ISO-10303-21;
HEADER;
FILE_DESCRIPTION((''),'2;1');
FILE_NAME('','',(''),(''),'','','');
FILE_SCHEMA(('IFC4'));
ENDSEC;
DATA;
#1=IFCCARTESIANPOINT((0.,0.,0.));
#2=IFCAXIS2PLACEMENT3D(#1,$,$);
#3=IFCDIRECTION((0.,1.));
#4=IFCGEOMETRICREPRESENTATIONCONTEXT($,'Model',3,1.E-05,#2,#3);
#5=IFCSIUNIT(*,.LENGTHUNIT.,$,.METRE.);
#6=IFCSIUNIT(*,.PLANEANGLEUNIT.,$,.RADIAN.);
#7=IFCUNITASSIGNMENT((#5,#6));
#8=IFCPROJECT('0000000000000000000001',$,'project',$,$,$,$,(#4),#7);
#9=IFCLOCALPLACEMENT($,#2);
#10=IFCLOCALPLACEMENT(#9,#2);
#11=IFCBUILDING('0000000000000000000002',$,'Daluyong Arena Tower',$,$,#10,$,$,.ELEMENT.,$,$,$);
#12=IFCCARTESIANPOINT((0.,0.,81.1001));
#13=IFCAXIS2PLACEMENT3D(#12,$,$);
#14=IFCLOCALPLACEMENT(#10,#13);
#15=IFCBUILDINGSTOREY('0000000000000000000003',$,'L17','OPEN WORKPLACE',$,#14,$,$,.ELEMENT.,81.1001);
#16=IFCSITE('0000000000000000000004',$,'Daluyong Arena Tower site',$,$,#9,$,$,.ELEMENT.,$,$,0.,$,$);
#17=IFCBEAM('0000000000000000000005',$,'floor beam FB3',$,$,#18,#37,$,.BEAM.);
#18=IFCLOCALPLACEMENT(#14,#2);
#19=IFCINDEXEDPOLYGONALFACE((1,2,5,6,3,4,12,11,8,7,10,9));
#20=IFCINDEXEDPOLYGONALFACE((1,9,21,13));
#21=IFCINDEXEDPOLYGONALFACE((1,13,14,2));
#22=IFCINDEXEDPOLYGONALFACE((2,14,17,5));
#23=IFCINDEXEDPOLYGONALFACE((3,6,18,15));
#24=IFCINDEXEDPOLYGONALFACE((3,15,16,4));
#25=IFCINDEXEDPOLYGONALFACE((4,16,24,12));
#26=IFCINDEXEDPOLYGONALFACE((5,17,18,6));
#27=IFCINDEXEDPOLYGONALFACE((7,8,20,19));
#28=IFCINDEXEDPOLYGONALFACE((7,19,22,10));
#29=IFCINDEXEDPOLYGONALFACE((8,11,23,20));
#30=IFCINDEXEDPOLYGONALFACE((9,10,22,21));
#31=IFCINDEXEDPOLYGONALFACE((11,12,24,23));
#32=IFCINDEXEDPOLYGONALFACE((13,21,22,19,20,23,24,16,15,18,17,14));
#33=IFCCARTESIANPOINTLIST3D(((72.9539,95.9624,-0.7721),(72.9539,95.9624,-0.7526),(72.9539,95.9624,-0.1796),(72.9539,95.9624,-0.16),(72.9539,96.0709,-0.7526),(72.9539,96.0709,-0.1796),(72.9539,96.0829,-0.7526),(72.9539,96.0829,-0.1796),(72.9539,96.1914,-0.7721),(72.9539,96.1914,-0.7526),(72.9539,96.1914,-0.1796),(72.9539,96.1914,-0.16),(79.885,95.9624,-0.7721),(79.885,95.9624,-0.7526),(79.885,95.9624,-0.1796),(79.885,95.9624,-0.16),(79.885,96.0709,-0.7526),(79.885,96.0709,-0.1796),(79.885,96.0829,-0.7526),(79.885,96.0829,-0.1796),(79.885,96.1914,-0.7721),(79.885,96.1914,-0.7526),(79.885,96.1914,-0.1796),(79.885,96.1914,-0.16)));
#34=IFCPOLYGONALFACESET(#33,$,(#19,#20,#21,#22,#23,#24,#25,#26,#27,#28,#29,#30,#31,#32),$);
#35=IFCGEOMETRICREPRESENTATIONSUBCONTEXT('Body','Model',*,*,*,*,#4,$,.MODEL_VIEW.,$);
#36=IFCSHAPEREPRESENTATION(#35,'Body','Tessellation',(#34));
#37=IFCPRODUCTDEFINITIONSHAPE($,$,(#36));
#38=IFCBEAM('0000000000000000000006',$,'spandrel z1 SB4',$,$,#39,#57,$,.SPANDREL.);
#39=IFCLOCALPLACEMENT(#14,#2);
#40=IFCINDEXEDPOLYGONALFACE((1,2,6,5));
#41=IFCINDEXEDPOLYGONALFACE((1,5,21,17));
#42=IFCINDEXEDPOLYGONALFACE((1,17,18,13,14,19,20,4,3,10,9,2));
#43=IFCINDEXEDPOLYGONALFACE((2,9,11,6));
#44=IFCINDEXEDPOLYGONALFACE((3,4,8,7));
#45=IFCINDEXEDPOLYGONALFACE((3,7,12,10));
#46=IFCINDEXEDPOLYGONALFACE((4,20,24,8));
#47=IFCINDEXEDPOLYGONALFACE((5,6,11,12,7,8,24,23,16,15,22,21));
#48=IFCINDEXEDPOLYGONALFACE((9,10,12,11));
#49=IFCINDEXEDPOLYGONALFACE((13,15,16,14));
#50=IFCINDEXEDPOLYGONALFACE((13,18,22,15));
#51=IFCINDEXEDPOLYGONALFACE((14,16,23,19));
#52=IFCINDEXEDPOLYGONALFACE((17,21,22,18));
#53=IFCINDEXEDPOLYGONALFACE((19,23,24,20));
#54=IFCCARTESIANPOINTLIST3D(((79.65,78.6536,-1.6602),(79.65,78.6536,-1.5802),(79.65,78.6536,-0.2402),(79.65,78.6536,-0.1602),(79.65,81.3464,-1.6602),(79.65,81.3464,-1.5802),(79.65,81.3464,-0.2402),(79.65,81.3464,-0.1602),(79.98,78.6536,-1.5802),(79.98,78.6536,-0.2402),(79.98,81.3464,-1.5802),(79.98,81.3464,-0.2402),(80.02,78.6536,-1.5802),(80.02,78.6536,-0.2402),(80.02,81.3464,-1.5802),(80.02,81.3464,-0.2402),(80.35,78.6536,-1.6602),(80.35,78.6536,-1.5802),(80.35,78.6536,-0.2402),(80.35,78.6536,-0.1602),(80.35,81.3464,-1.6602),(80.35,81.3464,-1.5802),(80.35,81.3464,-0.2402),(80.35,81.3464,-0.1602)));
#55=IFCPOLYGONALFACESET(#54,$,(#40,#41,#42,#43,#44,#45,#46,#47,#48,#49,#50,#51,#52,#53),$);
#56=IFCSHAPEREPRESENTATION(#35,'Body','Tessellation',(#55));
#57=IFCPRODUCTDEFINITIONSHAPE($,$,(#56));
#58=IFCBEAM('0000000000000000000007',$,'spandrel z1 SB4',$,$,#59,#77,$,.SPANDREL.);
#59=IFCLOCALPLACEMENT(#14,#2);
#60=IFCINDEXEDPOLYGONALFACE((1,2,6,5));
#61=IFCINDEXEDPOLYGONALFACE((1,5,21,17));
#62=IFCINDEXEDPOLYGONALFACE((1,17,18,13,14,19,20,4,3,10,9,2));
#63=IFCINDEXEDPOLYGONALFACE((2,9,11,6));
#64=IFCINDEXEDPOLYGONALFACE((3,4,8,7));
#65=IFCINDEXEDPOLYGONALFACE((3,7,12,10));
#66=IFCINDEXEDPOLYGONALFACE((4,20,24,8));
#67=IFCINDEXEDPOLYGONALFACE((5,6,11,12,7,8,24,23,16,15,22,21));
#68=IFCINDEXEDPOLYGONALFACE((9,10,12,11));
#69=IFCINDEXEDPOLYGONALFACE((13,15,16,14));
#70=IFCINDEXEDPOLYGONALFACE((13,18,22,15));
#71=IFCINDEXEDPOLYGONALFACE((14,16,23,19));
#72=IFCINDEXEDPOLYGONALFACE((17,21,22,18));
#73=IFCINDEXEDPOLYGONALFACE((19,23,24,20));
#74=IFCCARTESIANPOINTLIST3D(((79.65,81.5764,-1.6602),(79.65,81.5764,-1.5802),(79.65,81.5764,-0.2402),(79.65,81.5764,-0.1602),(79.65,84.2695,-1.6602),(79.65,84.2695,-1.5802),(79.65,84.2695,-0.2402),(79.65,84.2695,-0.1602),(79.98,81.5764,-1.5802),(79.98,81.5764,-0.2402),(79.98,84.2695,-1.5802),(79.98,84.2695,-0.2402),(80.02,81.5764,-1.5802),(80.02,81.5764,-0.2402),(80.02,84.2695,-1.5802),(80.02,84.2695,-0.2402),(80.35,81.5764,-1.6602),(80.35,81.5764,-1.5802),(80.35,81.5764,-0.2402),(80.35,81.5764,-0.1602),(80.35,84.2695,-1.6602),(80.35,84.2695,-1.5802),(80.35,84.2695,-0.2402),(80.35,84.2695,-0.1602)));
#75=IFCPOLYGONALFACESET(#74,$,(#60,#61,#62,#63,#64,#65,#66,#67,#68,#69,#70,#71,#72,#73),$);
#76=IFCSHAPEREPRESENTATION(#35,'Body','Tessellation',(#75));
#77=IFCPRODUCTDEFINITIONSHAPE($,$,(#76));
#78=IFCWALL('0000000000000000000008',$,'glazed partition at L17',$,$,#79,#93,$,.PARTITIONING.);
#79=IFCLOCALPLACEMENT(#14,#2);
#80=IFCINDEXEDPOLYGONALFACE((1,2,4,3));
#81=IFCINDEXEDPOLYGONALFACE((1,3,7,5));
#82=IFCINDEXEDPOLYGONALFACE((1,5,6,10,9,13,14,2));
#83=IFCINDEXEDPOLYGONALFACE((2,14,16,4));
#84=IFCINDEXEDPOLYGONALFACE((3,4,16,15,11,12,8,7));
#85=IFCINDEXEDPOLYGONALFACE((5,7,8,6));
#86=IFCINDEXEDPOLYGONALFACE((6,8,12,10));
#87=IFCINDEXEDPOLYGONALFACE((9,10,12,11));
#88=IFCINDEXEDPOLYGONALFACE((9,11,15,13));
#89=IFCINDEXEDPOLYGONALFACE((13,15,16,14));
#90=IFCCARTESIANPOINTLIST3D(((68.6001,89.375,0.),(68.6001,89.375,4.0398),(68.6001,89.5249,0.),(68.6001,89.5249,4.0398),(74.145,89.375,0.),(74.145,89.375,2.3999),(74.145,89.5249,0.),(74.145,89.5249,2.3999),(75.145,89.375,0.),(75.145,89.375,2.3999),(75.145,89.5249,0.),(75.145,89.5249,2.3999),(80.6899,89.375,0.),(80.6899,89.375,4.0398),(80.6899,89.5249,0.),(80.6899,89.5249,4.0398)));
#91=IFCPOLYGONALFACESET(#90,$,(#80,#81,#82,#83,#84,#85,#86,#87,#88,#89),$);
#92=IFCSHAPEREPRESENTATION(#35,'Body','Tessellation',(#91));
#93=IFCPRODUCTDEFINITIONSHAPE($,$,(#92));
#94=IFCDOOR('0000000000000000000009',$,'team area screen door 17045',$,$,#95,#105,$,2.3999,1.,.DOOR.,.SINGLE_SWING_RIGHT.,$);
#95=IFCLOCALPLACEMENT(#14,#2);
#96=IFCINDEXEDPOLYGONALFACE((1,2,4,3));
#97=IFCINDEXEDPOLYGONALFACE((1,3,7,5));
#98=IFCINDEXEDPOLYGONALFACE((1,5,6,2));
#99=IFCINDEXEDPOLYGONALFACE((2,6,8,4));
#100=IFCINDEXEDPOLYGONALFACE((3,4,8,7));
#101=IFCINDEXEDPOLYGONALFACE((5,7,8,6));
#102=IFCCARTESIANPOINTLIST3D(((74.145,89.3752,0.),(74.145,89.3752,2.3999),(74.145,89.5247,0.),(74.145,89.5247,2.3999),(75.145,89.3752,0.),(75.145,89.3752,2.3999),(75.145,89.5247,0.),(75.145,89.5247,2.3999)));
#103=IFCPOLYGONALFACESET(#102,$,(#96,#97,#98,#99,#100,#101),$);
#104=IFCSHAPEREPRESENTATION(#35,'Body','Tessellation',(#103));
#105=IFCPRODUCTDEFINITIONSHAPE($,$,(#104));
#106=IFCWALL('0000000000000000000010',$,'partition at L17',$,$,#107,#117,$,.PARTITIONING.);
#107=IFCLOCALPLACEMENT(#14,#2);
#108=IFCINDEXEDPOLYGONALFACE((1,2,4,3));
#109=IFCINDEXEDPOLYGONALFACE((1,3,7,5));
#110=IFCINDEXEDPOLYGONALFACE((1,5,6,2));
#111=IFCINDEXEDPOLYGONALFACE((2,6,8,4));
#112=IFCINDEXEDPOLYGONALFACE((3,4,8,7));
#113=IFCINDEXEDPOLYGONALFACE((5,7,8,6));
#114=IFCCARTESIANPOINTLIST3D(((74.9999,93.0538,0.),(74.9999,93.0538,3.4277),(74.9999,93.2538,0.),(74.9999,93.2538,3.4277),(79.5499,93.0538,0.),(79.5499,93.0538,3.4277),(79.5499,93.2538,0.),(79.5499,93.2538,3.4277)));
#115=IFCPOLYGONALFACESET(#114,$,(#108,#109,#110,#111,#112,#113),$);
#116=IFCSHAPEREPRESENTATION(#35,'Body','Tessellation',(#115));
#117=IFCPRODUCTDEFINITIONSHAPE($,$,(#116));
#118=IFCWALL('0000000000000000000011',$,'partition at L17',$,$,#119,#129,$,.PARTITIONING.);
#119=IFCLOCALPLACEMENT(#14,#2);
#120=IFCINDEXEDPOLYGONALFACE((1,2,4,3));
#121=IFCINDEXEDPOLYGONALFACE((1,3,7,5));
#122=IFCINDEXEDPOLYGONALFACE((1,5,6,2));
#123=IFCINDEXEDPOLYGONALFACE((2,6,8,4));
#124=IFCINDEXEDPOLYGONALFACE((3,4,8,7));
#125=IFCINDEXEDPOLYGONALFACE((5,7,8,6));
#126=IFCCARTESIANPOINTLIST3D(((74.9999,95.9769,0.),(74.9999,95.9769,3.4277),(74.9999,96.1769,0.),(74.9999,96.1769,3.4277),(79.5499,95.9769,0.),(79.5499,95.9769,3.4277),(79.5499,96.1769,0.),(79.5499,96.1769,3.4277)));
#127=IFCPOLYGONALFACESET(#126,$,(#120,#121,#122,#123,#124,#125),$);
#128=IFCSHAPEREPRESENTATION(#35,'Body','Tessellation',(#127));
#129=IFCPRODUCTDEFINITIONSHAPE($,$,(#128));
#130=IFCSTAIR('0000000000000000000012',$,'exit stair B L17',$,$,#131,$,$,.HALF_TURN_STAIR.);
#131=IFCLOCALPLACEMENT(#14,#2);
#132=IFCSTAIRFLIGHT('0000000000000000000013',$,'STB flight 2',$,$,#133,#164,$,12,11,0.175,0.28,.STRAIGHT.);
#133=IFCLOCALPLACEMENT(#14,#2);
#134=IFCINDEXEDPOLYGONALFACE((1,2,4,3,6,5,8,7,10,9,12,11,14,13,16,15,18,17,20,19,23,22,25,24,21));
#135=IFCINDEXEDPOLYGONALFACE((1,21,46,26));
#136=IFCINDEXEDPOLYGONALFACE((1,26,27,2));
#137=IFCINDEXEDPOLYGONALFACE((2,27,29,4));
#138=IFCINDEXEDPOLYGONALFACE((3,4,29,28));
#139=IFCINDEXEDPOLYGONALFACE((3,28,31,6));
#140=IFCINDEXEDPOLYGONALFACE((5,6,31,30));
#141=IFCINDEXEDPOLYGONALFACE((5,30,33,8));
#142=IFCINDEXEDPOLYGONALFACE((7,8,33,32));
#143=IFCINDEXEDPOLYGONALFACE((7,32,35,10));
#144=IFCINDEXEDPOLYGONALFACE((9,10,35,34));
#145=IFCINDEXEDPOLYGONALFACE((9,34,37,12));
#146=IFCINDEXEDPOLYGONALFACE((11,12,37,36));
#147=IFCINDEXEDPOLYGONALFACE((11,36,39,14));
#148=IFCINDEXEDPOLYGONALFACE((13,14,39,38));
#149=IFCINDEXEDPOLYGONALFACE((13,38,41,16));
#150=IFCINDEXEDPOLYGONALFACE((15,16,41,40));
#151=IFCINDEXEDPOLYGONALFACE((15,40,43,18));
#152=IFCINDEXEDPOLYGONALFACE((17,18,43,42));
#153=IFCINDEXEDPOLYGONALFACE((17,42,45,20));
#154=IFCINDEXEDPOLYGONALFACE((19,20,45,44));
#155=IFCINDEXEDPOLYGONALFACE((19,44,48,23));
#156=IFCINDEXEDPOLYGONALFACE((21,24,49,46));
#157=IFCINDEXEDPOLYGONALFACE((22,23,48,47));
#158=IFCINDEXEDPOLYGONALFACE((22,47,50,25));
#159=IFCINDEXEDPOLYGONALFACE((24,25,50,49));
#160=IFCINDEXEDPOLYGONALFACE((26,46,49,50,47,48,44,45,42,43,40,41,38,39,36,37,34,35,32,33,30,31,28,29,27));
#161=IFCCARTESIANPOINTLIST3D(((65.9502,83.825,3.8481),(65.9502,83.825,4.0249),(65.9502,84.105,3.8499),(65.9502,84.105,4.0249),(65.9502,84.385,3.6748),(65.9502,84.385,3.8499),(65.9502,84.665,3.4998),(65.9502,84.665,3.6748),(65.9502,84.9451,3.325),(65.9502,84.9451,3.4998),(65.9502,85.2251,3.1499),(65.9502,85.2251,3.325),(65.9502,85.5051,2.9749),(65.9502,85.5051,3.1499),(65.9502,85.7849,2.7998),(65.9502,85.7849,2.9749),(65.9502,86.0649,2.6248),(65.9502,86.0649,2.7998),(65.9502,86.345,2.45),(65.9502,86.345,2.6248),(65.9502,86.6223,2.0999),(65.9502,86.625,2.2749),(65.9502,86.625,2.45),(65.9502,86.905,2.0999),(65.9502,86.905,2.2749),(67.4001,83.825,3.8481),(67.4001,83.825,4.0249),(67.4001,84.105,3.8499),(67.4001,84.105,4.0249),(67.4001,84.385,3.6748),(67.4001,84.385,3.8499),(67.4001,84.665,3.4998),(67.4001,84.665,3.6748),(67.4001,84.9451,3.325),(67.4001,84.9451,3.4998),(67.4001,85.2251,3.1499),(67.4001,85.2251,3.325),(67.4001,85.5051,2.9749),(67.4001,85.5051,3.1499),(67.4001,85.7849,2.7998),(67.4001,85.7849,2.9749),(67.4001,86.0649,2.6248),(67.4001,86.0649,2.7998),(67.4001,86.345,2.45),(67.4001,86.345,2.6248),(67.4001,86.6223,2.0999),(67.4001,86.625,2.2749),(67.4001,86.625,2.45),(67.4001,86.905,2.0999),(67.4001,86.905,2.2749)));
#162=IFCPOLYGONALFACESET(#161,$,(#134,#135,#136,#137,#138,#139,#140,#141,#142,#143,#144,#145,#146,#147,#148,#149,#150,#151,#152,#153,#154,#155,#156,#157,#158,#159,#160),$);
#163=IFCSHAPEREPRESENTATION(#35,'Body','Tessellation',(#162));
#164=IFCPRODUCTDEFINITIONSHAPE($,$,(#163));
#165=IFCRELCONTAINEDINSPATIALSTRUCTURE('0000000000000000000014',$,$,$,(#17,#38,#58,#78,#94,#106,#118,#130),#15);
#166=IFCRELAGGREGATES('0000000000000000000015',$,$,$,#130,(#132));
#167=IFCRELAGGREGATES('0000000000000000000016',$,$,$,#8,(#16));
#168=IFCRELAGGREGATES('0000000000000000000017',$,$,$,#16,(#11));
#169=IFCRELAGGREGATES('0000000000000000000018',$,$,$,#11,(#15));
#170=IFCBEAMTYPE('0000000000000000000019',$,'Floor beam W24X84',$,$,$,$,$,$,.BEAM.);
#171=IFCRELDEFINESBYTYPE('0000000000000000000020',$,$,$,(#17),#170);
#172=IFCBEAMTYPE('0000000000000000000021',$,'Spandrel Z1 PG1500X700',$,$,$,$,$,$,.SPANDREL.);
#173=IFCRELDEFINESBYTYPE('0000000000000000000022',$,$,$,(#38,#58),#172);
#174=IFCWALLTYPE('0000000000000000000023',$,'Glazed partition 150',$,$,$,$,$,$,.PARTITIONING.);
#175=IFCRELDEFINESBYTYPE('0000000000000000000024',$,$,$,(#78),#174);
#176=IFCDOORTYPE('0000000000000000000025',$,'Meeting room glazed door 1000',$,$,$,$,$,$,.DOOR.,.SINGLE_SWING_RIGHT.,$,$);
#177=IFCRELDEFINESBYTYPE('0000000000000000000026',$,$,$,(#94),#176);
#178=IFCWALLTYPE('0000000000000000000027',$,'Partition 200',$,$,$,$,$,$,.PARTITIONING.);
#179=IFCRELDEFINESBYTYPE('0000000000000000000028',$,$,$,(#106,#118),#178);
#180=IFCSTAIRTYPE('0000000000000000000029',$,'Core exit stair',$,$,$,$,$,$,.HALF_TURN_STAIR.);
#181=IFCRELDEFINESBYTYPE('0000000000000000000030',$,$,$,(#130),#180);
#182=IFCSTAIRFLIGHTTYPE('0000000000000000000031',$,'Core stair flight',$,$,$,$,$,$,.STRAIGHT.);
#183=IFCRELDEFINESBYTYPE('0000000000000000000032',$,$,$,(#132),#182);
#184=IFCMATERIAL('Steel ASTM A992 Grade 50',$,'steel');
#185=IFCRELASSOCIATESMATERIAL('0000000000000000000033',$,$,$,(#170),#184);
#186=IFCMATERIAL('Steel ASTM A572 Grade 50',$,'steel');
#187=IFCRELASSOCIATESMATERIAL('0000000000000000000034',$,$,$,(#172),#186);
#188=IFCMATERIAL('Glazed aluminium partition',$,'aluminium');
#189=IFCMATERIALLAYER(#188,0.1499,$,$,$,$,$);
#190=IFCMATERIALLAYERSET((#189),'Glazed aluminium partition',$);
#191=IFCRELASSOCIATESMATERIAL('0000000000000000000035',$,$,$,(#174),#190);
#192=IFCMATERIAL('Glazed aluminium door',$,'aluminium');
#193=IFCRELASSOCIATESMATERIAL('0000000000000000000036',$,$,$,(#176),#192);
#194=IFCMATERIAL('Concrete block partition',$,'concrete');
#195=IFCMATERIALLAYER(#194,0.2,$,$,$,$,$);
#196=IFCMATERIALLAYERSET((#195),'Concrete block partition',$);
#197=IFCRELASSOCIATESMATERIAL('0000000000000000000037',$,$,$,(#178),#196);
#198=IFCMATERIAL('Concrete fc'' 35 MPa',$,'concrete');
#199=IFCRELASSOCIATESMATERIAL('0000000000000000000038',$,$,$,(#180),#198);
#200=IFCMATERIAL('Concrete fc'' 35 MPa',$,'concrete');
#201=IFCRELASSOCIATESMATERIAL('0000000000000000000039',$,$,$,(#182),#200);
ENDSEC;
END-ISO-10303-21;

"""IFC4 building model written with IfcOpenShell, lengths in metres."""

from ifc_helpers import new_model, si_unit, direction, frame, frame_2d, origin, origin_2d, place, context, subcontext, project, spatial, polyline, rectangle, i_section, outline, extrude, material, layer, layer_set, material_profile, profile_set, type_object, element, fill, aggregate, save


model = new_model("IFC4")

# Units and contexts
model_context = context("Model", 3, precision=1e-05, world=origin(), true_north=direction((0.0, 1.0)))
body_context = subcontext(model_context, "Body", "Model", "MODEL_VIEW")
ifc_project = project(units=[si_unit("LENGTHUNIT", "METRE"), si_unit("PLANEANGLEUNIT", "RADIAN")], contexts=[model_context])

# Site, building, storey
site_placement = place(None, origin())
site = spatial("IfcSite", under=ifc_project, at=site_placement, Name="Daluyong Arena Tower site", CompositionType="ELEMENT", RefElevation=0.0)
building_placement = place(site_placement, origin())
building = spatial("IfcBuilding", under=site, at=building_placement, Name="Daluyong Arena Tower", CompositionType="ELEMENT")
storey_placement = place(building_placement, frame((0.0, 0.0, 81.1001)))
storey = spatial("IfcBuildingStorey", under=building, at=storey_placement, Name="L17", Description="OPEN WORKPLACE", CompositionType="ELEMENT", Elevation=81.1001)

# Beams
ifc_material_1 = material(Name="Steel ASTM A992 Grade 50", Category="steel")
ifc_material_profile_1 = material_profile(ifc_material_1, i_section(OverallWidth=0.229, OverallDepth=0.6121, WebThickness=0.012, FlangeThickness=0.0195, at=origin_2d()))
ifc_profile_set_1 = profile_set([ifc_material_profile_1], Name="Steel ASTM A992 Grade 50")
beam_type_1 = type_object("IfcBeamType", Name="Floor beam W24X84", PredefinedType="BEAM", material=ifc_profile_set_1)
beam_1_placement = place(storey_placement, frame((79.885, 96.0769, -0.4661), z_axis=(-1.0, 0.0, 0.0), x_axis=(0.0, -1.0, 0.0)))
element("IfcBeam", 1, at=beam_1_placement, inside=storey, type_object=beam_type_1, Name="floor beam FB3", PredefinedType="BEAM", context=body_context, shape_type="SweptSolid", body=[
    extrude(i_section(OverallWidth=0.229, OverallDepth=0.6121, WebThickness=0.012, FlangeThickness=0.0195, at=origin_2d()), origin(), (0.0, 0.0, 1.0), 6.9312),
])
ifc_material_2 = material(Name="Steel ASTM A572 Grade 50", Category="steel")
ifc_material_profile_2 = material_profile(ifc_material_2, i_section(OverallWidth=0.7, OverallDepth=1.5, WebThickness=0.04, FlangeThickness=0.08, at=origin_2d()))
ifc_profile_set_2 = profile_set([ifc_material_profile_2], Name="Steel ASTM A572 Grade 50")
beam_type_2 = type_object("IfcBeamType", Name="Spandrel Z1 PG1500X700", PredefinedType="SPANDREL", material=ifc_profile_set_2)
beam_2_placement = place(storey_placement, frame((80.0, 78.6536, -0.9102), z_axis=(0.0, 1.0, 0.0), x_axis=(-1.0, 0.0, 0.0)))
element("IfcBeam", 2, at=beam_2_placement, inside=storey, type_object=beam_type_2, Name="spandrel z1 SB4", PredefinedType="SPANDREL", context=body_context, shape_type="SweptSolid", body=[
    extrude(i_section(OverallWidth=0.7, OverallDepth=1.5, WebThickness=0.04, FlangeThickness=0.08, at=origin_2d()), origin(), (0.0, 0.0, 1.0), 2.6929),
])
beam_3_placement = place(storey_placement, frame((80.0, 81.5764, -0.9102), z_axis=(0.0, 1.0, 0.0), x_axis=(-1.0, 0.0, 0.0)))
element("IfcBeam", 3, at=beam_3_placement, inside=storey, type_object=beam_type_2, Name="spandrel z1 SB4", PredefinedType="SPANDREL", context=body_context, shape_type="SweptSolid", body=[
    extrude(i_section(OverallWidth=0.7, OverallDepth=1.5, WebThickness=0.04, FlangeThickness=0.08, at=origin_2d()), origin(), (0.0, 0.0, 1.0), 2.6931),
])

# Wall, opening, door
ifc_material_3 = material(Name="Glazed aluminium partition", Category="aluminium")
ifc_layer_1 = layer(ifc_material_3, 0.1499)
ifc_layer_set_1 = layer_set([ifc_layer_1], Name="Glazed aluminium partition")
wall_type_1 = type_object("IfcWallType", Name="Glazed partition 150", PredefinedType="PARTITIONING", material=ifc_layer_set_1)
wall_1_placement = place(storey_placement, frame((68.6001, 89.45, 0.0), z_axis=(0.0, 0.0, 1.0), x_axis=(1.0, 0.0, 0.0)))
wall_1 = element("IfcWall", 4, at=wall_1_placement, inside=storey, type_object=wall_type_1, Name="glazed partition at L17", PredefinedType="PARTITIONING", context=body_context, shape_type="SweptSolid", body=[
    extrude(rectangle(XDim=12.0898, YDim=0.1499, at=frame_2d((6.0449, 0.0))), origin(), (0.0, 0.0, 1.0), 4.0398),
])
opening_1_placement = place(wall_1_placement, frame((5.5449, 0.0, 0.0)))
opening_1 = element("IfcOpeningElement", 5, at=opening_1_placement, cuts=wall_1, PredefinedType="OPENING", context=body_context, shape_type="SweptSolid", body=[
    extrude(rectangle(XDim=1.0, YDim=2.3999, at=frame_2d((0.5, 1.2))), frame((0.0, 0.085, 0.0), z_axis=(0.0, -1.0, 0.0), x_axis=(1.0, 0.0, 0.0)), (0.0, 0.0, 1.0), 0.1699),
])
ifc_material_4 = material(Name="Glazed aluminium door", Category="aluminium")
door_type = type_object("IfcDoorType", Name="Meeting room glazed door 1000", OperationType="SINGLE_SWING_RIGHT", PredefinedType="DOOR", material=ifc_material_4)
door_1_placement = place(opening_1_placement, origin())
door_1 = element("IfcDoor", 6, at=door_1_placement, inside=storey, type_object=door_type, Name="team area screen door 17045", OperationType="SINGLE_SWING_RIGHT", OverallHeight=2.3999, OverallWidth=1.0, PredefinedType="DOOR", context=body_context, shape_type="SweptSolid", body=[
    extrude(rectangle(XDim=1.0, YDim=2.3999, at=frame_2d((0.5, 1.2))), frame((0.0, 0.0747, 0.0), z_axis=(0.0, -1.0, 0.0), x_axis=(1.0, 0.0, 0.0)), (0.0, 0.0, 1.0), 0.1494),
])
fill(opening_1, door_1)

# Walls
ifc_material_5 = material(Name="Concrete block partition", Category="concrete")
ifc_layer_2 = layer(ifc_material_5, 0.2)
ifc_layer_set_2 = layer_set([ifc_layer_2], Name="Concrete block partition")
wall_type_2 = type_object("IfcWallType", Name="Partition 200", PredefinedType="PARTITIONING", material=ifc_layer_set_2)
for number, where, z_axis, x_axis, name in (
    (7, (75.0, 93.1538, 0.0), (0.0, 0.0, 1.0), (1.0, 0.0, 0.0), "partition at L17"),
    (8, (75.0, 96.0769, 0.0), (0.0, 0.0, 1.0), (1.0, 0.0, 0.0), "partition at L17"),
):
    element("IfcWall", number, at=place(storey_placement, frame(where, z_axis=z_axis, x_axis=x_axis)), inside=storey, type_object=wall_type_2, Name=name, PredefinedType="PARTITIONING", context=body_context, shape_type="SweptSolid", body=[
        extrude(rectangle(XDim=4.55, YDim=0.2, at=frame_2d((2.2749, 0.0))), origin(), (0.0, 0.0, 1.0), 3.4277),
    ])

# Stair, stair flight
ifc_material_6 = material(Name="Concrete fc' 35 MPa", Category="concrete")
stair_type = type_object("IfcStairType", Name="Core exit stair", PredefinedType="HALF_TURN_STAIR", material=ifc_material_6)
stair_placement = place(storey_placement, origin())
stair = element("IfcStair", 9, at=stair_placement, inside=storey, type_object=stair_type, Name="exit stair B L17", PredefinedType="HALF_TURN_STAIR")
ifc_material_7 = material(Name="Concrete fc' 35 MPa", Category="concrete")
stair_flight_type = type_object("IfcStairFlightType", Name="Core stair flight", PredefinedType="STRAIGHT", material=ifc_material_7)
stair_flight_placement = place(storey_placement, frame((66.675, 86.905, 2.0999), z_axis=(0.0, 0.0, 1.0), x_axis=(0.0, -1.0, 0.0)))
stair_flight = element("IfcStairFlight", 10, at=stair_flight_placement, type_object=stair_flight_type, Name="STB flight 2", NumberOfRisers=12, NumberOfTreads=11, PredefinedType="STRAIGHT", RiserHeight=0.175, TreadLength=0.28, context=body_context, shape_type="SweptSolid", body=[
    extrude(outline(polyline([(0.0, 0.0), (0.0, 0.175), (0.28, 0.175), (0.28, 0.3501), (0.5601, 0.3501), (0.5601, 0.5249), (0.8401, 0.5249), (0.8401, 0.7), (1.1201, 0.7), (1.1201, 0.875), (1.3999, 0.875), (1.3999, 1.05), (1.6799, 1.05), (1.6799, 1.2251), (1.96, 1.2251), (1.96, 1.3999), (2.24, 1.3999), (2.24, 1.575), (2.52, 1.575), (2.52, 1.75), (2.8, 1.75), (2.8, 1.925), (3.0801, 1.925), (3.0801, 2.1001), (3.0801, 1.7483), (0.2827, 0.0), (0.0, 0.0)])), frame((0.0, 0.7251, 0.0), z_axis=(0.0, -1.0, 0.0), x_axis=(1.0, 0.0, 0.0)), (0.0, 0.0, 1.0), 1.45),
])
aggregate(stair, [stair_flight])

save(model, "model.ifc")
